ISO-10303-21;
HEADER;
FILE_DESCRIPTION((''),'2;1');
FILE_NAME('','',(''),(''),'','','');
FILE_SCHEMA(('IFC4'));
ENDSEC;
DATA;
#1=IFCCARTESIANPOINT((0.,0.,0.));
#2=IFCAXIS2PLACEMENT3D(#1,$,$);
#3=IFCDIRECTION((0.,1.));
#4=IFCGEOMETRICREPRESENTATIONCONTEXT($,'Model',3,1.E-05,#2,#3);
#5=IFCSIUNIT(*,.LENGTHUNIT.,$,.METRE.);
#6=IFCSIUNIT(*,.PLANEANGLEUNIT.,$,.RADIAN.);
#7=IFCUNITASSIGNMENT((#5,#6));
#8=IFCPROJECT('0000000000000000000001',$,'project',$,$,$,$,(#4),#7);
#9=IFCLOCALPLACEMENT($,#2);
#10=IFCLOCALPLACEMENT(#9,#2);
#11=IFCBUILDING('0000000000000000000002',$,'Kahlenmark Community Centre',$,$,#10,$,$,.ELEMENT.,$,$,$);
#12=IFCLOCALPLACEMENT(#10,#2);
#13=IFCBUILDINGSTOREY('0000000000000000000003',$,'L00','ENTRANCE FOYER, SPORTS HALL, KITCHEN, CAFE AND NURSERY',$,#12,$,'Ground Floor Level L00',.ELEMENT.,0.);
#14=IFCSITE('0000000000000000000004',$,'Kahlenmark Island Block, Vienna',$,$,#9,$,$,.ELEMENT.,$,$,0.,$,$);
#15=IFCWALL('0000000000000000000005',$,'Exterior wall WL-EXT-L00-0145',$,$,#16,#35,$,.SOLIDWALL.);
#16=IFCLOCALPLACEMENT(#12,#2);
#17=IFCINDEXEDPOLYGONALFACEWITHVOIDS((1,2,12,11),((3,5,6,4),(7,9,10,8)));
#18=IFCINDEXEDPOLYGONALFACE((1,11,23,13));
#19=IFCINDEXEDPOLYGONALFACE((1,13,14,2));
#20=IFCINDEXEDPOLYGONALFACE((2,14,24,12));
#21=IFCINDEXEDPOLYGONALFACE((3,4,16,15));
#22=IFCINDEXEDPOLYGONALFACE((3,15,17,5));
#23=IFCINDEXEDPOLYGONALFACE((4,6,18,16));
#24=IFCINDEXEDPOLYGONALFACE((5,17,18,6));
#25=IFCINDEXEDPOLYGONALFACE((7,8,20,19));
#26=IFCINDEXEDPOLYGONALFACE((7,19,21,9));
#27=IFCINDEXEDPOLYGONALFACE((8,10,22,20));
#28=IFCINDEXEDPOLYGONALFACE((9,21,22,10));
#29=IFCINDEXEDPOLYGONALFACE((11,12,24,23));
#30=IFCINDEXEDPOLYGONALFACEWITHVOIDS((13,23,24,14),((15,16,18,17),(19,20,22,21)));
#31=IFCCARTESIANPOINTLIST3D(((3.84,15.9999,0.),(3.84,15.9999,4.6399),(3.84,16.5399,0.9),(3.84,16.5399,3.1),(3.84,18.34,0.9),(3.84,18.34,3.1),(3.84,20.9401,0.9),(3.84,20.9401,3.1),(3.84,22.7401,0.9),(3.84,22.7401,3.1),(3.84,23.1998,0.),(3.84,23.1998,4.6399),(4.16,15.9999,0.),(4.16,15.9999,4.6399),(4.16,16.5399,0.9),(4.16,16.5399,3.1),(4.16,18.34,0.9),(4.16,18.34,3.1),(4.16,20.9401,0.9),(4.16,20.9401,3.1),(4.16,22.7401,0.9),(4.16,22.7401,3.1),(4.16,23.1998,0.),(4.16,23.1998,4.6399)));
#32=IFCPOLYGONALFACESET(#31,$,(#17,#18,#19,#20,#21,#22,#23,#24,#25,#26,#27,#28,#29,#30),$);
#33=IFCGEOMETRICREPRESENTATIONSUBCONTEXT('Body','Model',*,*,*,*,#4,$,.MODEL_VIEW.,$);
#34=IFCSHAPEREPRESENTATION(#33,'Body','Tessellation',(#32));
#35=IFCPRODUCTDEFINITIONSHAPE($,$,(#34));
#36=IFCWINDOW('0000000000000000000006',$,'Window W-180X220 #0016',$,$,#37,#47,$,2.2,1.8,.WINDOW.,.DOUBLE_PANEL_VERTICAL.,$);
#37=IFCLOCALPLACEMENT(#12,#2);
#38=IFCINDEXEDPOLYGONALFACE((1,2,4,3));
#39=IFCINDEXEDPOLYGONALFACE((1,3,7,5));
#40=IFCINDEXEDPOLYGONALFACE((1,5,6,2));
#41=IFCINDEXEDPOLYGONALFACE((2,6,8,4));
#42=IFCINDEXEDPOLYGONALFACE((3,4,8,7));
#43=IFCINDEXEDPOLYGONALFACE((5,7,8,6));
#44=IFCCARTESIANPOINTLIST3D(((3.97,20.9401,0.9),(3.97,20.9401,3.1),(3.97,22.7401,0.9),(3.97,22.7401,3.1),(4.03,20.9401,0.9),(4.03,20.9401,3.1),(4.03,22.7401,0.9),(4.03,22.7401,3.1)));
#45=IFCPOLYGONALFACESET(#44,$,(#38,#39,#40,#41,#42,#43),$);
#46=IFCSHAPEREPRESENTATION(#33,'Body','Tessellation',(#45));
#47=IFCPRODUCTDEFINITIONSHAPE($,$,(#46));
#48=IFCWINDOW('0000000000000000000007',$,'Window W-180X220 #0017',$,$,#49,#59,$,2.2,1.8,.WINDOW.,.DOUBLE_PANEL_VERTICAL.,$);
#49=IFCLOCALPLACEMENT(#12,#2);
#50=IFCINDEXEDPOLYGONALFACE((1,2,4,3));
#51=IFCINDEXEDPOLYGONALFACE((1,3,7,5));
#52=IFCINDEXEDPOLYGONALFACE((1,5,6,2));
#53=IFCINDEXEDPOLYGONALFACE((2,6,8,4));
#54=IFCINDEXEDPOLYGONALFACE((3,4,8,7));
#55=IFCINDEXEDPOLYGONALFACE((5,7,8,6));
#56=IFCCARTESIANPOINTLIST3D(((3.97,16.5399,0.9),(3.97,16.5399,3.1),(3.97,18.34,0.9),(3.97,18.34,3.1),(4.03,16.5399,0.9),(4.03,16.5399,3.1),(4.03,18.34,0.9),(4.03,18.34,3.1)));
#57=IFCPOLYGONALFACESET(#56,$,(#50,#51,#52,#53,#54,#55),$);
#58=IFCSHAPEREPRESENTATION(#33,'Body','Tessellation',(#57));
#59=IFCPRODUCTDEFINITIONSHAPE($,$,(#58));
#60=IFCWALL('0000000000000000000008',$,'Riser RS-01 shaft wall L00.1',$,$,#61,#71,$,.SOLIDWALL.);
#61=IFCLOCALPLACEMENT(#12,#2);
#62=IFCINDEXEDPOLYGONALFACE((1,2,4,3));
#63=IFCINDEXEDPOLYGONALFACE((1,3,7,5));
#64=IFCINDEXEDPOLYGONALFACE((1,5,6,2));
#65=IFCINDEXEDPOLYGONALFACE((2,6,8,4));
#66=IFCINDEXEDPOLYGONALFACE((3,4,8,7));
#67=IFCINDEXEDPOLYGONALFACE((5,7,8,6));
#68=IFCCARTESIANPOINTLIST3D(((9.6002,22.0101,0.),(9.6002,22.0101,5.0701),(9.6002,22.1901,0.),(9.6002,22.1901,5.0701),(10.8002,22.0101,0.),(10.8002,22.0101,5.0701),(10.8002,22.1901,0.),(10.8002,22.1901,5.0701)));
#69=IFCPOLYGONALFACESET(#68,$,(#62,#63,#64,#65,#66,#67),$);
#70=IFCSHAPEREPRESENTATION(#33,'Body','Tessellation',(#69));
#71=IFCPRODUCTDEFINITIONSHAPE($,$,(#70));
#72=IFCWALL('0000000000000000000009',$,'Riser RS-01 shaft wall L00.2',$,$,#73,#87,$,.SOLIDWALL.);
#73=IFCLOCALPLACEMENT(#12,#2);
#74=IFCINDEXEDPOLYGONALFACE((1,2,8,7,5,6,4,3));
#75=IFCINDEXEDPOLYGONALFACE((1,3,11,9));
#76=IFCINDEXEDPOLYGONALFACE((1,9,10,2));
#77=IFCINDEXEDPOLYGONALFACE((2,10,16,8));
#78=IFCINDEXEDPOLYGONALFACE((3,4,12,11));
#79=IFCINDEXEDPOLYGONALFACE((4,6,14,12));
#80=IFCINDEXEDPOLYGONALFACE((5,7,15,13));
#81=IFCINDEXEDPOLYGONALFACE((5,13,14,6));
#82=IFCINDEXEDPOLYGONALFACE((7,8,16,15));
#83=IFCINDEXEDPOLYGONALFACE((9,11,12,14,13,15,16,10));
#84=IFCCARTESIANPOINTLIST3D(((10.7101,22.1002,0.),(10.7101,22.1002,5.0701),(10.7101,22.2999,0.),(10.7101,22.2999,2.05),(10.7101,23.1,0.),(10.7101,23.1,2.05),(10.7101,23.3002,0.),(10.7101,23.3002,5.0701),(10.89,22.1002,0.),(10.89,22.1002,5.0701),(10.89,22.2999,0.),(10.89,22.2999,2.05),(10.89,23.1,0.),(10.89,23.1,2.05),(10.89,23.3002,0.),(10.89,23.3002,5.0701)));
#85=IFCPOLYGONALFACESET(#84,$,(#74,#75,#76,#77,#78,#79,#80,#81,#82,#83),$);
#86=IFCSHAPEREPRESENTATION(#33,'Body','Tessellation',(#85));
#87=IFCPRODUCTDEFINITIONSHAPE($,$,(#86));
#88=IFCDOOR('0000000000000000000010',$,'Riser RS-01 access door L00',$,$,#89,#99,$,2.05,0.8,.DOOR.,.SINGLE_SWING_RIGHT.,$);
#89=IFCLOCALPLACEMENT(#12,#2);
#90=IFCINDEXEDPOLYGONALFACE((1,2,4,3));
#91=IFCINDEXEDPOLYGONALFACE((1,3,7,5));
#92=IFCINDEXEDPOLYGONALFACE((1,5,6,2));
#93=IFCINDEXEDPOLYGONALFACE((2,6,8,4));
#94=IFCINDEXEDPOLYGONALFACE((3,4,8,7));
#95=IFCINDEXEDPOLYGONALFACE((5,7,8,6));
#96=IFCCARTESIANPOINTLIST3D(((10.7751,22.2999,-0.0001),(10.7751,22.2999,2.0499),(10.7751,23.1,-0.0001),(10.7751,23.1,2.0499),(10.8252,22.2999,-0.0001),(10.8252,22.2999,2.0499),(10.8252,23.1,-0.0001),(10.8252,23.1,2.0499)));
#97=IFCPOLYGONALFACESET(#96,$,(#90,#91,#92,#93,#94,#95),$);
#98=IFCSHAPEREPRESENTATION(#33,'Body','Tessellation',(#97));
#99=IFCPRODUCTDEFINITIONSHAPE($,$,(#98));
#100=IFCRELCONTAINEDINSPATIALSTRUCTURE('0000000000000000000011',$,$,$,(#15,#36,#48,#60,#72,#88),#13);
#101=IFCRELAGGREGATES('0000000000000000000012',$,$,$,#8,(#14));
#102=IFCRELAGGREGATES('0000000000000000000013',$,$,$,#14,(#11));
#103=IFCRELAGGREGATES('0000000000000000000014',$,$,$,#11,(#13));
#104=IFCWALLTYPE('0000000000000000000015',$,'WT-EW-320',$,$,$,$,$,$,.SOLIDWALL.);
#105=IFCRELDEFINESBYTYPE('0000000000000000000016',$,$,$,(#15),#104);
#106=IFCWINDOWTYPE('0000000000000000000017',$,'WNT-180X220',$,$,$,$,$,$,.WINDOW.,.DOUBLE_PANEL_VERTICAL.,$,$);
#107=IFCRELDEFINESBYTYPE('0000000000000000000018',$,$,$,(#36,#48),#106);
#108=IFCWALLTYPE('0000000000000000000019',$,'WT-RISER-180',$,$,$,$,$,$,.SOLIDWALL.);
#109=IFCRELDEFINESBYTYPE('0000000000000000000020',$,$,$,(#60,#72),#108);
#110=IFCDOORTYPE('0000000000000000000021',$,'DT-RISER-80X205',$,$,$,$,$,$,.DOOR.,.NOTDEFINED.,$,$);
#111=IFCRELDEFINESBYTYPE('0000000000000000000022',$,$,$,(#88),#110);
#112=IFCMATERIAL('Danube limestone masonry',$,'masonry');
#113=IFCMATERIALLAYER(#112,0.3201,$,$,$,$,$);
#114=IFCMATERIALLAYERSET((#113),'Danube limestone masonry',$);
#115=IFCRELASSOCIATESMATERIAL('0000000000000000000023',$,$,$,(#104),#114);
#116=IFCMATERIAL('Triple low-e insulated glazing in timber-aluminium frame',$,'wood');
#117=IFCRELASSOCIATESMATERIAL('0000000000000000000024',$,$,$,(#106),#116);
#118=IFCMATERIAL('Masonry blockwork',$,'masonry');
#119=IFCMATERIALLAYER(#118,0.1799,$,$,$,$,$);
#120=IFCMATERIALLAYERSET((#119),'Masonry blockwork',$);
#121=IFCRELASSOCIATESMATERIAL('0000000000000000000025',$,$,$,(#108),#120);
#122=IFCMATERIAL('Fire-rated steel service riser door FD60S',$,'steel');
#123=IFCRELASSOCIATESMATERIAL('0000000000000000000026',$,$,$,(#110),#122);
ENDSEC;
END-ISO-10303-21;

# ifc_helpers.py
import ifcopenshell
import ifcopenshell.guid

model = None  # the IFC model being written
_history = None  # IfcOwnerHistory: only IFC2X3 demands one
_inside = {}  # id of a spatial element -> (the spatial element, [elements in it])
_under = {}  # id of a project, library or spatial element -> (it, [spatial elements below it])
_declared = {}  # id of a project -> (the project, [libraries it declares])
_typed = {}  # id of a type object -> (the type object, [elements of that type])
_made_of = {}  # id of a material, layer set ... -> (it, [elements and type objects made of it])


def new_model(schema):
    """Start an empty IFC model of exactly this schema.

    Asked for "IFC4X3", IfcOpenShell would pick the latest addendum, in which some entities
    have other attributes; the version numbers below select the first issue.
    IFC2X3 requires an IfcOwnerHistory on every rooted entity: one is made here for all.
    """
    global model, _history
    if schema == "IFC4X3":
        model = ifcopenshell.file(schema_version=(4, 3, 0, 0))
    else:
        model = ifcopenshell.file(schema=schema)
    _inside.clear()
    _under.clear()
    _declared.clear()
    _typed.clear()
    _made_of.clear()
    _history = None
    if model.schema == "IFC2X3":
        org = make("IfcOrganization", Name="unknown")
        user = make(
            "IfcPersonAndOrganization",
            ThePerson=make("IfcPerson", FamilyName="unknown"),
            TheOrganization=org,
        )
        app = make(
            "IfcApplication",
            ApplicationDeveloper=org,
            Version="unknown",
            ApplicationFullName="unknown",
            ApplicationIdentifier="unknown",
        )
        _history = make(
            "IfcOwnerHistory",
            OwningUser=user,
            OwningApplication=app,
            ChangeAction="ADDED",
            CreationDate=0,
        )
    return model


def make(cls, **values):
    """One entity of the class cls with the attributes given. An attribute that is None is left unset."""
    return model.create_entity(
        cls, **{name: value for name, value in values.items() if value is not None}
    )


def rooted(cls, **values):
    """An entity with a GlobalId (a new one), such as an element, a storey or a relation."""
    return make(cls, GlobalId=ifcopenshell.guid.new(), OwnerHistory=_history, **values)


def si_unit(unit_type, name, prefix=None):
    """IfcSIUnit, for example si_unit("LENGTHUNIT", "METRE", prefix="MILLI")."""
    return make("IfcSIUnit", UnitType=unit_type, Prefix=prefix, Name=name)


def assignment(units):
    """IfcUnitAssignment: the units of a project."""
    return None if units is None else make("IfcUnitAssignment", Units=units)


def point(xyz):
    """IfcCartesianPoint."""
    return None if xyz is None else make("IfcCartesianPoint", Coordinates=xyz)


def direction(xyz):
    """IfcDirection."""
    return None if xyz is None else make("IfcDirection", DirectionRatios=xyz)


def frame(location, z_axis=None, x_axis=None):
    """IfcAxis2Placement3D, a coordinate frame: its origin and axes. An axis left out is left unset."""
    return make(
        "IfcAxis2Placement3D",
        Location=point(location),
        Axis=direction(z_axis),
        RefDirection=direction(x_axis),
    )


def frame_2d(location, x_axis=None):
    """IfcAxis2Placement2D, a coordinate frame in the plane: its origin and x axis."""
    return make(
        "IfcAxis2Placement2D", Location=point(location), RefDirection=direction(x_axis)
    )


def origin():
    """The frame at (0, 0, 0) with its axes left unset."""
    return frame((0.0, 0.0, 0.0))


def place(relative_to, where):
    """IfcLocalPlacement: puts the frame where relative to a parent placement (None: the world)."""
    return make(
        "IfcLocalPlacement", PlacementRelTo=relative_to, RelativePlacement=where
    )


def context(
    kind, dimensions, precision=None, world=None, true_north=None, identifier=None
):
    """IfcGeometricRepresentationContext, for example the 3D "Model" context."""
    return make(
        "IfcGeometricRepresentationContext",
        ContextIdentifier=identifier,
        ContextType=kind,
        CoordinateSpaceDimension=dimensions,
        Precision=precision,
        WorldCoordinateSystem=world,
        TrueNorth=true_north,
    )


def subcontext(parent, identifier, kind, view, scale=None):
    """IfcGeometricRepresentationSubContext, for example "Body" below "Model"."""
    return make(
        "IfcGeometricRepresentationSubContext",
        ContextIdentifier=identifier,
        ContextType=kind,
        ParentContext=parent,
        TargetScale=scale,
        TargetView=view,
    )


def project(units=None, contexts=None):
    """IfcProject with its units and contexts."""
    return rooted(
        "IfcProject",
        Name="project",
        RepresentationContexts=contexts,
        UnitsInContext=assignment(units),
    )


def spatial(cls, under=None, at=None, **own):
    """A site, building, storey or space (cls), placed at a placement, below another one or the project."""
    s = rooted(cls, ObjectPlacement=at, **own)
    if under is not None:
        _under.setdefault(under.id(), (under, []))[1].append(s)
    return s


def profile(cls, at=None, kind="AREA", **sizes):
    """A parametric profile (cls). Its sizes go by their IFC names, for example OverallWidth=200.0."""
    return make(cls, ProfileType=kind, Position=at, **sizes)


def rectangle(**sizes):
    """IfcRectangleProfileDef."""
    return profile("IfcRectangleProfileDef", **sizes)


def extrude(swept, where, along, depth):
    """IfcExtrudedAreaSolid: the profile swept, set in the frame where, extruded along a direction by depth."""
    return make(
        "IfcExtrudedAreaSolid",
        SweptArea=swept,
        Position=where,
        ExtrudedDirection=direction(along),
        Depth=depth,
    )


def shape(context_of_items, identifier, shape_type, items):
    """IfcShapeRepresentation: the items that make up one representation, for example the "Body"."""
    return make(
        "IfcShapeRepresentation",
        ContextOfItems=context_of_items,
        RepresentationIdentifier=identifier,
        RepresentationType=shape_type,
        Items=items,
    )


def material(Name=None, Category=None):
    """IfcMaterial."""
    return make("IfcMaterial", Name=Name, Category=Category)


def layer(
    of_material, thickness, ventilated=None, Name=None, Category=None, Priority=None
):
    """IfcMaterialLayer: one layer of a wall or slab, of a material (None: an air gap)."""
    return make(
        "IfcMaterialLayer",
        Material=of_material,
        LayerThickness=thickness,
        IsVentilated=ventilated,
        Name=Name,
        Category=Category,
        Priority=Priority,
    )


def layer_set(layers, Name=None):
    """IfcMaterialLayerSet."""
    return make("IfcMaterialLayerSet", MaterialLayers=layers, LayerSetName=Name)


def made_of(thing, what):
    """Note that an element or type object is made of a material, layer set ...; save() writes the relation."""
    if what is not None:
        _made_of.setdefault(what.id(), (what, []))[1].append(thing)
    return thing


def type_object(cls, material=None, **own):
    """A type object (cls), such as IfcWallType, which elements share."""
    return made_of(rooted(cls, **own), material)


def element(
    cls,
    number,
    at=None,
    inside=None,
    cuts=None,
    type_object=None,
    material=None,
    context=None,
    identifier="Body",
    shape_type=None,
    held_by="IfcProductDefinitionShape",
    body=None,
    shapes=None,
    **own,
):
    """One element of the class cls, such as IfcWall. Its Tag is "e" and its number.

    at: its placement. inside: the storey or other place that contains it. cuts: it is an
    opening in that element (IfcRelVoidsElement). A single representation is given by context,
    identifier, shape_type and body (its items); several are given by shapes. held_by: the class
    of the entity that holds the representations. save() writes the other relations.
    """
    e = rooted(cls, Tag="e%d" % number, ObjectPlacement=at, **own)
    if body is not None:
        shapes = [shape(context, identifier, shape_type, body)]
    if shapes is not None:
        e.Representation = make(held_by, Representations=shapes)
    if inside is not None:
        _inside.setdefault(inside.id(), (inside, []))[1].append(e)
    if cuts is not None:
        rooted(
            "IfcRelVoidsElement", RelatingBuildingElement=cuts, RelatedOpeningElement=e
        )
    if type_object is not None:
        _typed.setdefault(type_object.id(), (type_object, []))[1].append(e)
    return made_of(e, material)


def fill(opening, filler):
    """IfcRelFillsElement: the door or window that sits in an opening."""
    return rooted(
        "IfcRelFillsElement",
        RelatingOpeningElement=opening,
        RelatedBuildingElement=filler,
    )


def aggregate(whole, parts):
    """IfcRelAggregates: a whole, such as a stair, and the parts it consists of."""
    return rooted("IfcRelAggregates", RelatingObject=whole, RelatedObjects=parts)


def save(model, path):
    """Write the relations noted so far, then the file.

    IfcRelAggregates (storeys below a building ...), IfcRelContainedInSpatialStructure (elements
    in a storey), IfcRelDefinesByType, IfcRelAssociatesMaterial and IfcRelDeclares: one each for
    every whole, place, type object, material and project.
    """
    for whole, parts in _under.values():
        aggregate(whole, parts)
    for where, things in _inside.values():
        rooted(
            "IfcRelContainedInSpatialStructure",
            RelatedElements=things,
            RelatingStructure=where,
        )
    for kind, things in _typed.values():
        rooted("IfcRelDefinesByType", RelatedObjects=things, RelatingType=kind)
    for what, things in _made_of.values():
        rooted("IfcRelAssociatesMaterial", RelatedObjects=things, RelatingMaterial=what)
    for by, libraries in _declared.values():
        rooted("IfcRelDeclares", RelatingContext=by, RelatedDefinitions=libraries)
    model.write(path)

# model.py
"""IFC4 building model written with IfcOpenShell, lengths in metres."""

from ifc_helpers import new_model, si_unit, direction, frame, frame_2d, origin, place, context, subcontext, project, spatial, rectangle, extrude, material, layer, layer_set, type_object, element, fill, save


model = new_model("IFC4")

# Units and contexts
model_context = context("Model", 3, precision=1e-05, world=origin(), true_north=direction((0.0, 1.0)))
body_context = subcontext(model_context, "Body", "Model", "MODEL_VIEW")
ifc_project = project(units=[si_unit("LENGTHUNIT", "METRE"), si_unit("PLANEANGLEUNIT", "RADIAN")], contexts=[model_context])

# Site, building, storey
site_placement = place(None, origin())
site = spatial("IfcSite", under=ifc_project, at=site_placement, Name="Kahlenmark Island Block, Vienna", CompositionType="ELEMENT", RefElevation=0.0)
building_placement = place(site_placement, origin())
building = spatial("IfcBuilding", under=site, at=building_placement, Name="Kahlenmark Community Centre", CompositionType="ELEMENT")
storey_placement = place(building_placement, origin())
storey = spatial("IfcBuildingStorey", under=building, at=storey_placement, Name="L00", Description="ENTRANCE FOYER, SPORTS HALL, KITCHEN, CAFE AND NURSERY", LongName="Ground Floor Level L00", CompositionType="ELEMENT", Elevation=0.0)

# Wall, openings, windows
ifc_material_1 = material(Name="Danube limestone masonry", Category="masonry")
ifc_layer_1 = layer(ifc_material_1, 0.3201)
ifc_layer_set_1 = layer_set([ifc_layer_1], Name="Danube limestone masonry")
wall_type_1 = type_object("IfcWallType", Name="WT-EW-320", PredefinedType="SOLIDWALL", material=ifc_layer_set_1)
ifc_material_2 = material(Name="Triple low-e insulated glazing in timber-aluminium frame", Category="wood")
window_type = type_object("IfcWindowType", Name="WNT-180X220", PartitioningType="DOUBLE_PANEL_VERTICAL", PredefinedType="WINDOW", material=ifc_material_2)
wall_1_placement = place(storey_placement, frame((4.0, 23.2, 0.0), z_axis=(0.0, 0.0, 1.0), x_axis=(0.0, -1.0, 0.0)))
wall_1 = element("IfcWall", 1, at=wall_1_placement, inside=storey, type_object=wall_type_1, Name="Exterior wall WL-EXT-L00-0145", PredefinedType="SOLIDWALL", context=body_context, shape_type="SweptSolid", body=[
    extrude(rectangle(XDim=7.2, YDim=0.3201, at=frame_2d((3.6001, 0.0))), origin(), (0.0, 0.0, 1.0), 4.6399),
])
opening_1_placement = place(wall_1_placement, frame((0.46, 0.0, 0.8999)))
opening_1 = element("IfcOpeningElement", 2, at=opening_1_placement, cuts=wall_1, PredefinedType="OPENING", context=body_context, shape_type="SweptSolid", body=[
    extrude(rectangle(XDim=1.8, YDim=2.2, at=frame_2d((0.8999, 1.1001))), frame((0.0, 0.1699, 0.0), z_axis=(0.0, -1.0, 0.0), x_axis=(1.0, 0.0, 0.0)), (0.0, 0.0, 1.0), 0.3401),
])
opening_2_placement = place(wall_1_placement, frame((4.8601, 0.0, 0.8999)))
opening_2 = element("IfcOpeningElement", 3, at=opening_2_placement, cuts=wall_1, PredefinedType="OPENING", context=body_context, shape_type="SweptSolid", body=[
    extrude(rectangle(XDim=1.8, YDim=2.2, at=frame_2d((0.8999, 1.1001))), frame((0.0, 0.1699, 0.0), z_axis=(0.0, -1.0, 0.0), x_axis=(1.0, 0.0, 0.0)), (0.0, 0.0, 1.0), 0.3401),
])
window_1_placement = place(opening_1_placement, origin())
window_1 = element("IfcWindow", 4, at=window_1_placement, inside=storey, type_object=window_type, Name="Window W-180X220 #0016", OverallHeight=2.2, OverallWidth=1.8, PartitioningType="DOUBLE_PANEL_VERTICAL", PredefinedType="WINDOW", context=body_context, shape_type="SweptSolid", body=[
    extrude(rectangle(XDim=1.8, YDim=2.2, at=frame_2d((0.8999, 1.1001))), frame((0.0, 0.03, 0.0), z_axis=(0.0, -1.0, 0.0), x_axis=(1.0, 0.0, 0.0)), (0.0, 0.0, 1.0), 0.0601),
])
fill(opening_1, window_1)
window_2_placement = place(opening_2_placement, origin())
window_2 = element("IfcWindow", 5, at=window_2_placement, inside=storey, type_object=window_type, Name="Window W-180X220 #0017", OverallHeight=2.2, OverallWidth=1.8, PartitioningType="DOUBLE_PANEL_VERTICAL", PredefinedType="WINDOW", context=body_context, shape_type="SweptSolid", body=[
    extrude(rectangle(XDim=1.8, YDim=2.2, at=frame_2d((0.8999, 1.1001))), frame((0.0, 0.03, 0.0), z_axis=(0.0, -1.0, 0.0), x_axis=(1.0, 0.0, 0.0)), (0.0, 0.0, 1.0), 0.0601),
])
fill(opening_2, window_2)

# Wall
ifc_material_3 = material(Name="Masonry blockwork", Category="masonry")
ifc_layer_2 = layer(ifc_material_3, 0.1799)
ifc_layer_set_2 = layer_set([ifc_layer_2], Name="Masonry blockwork")
wall_type_2 = type_object("IfcWallType", Name="WT-RISER-180", PredefinedType="SOLIDWALL", material=ifc_layer_set_2)
wall_2_placement = place(storey_placement, frame((9.6001, 22.1001, 0.0), z_axis=(0.0, 0.0, 1.0), x_axis=(1.0, 0.0, 0.0)))
element("IfcWall", 6, at=wall_2_placement, inside=storey, type_object=wall_type_2, Name="Riser RS-01 shaft wall L00.1", PredefinedType="SOLIDWALL", context=body_context, shape_type="SweptSolid", body=[
    extrude(rectangle(XDim=1.2, YDim=0.1799, at=frame_2d((0.6001, 0.0))), origin(), (0.0, 0.0, 1.0), 5.0701),
])

# Wall, opening, door
wall_3_placement = place(storey_placement, frame((10.8, 22.1001, 0.0), z_axis=(0.0, 0.0, 1.0), x_axis=(0.0, 1.0, 0.0)))
wall_3 = element("IfcWall", 7, at=wall_3_placement, inside=storey, type_object=wall_type_2, Name="Riser RS-01 shaft wall L00.2", PredefinedType="SOLIDWALL", context=body_context, shape_type="SweptSolid", body=[
    extrude(rectangle(XDim=1.2, YDim=0.1799, at=frame_2d((0.6001, 0.0))), origin(), (0.0, 0.0, 1.0), 5.0701),
])
opening_3_placement = place(wall_3_placement, frame((0.2, 0.0, -0.01)))
opening_3 = element("IfcOpeningElement", 8, at=opening_3_placement, cuts=wall_3, PredefinedType="OPENING", context=body_context, shape_type="SweptSolid", body=[
    extrude(rectangle(XDim=0.8, YDim=2.0601, at=frame_2d((0.3999, 1.03))), frame((0.0, 0.0999, 0.0), z_axis=(0.0, -1.0, 0.0), x_axis=(1.0, 0.0, 0.0)), (0.0, 0.0, 1.0), 0.2),
])
ifc_material_4 = material(Name="Fire-rated steel service riser door FD60S", Category="steel")
door_type_1 = type_object("IfcDoorType", Name="DT-RISER-80X205", OperationType="NOTDEFINED", PredefinedType="DOOR", material=ifc_material_4)
door_1_placement = place(opening_3_placement, frame((0.0, 0.0, 0.01)))
door_1 = element("IfcDoor", 9, at=door_1_placement, inside=storey, type_object=door_type_1, Name="Riser RS-01 access door L00", OperationType="SINGLE_SWING_RIGHT", OverallHeight=2.05, OverallWidth=0.8, PredefinedType="DOOR", context=body_context, shape_type="SweptSolid", body=[
    extrude(rectangle(XDim=0.8, YDim=2.05, at=frame_2d((0.3999, 1.0249))), frame((0.0, 0.0249, 0.0), z_axis=(0.0, -1.0, 0.0), x_axis=(1.0, 0.0, 0.0)), (0.0, 0.0, 1.0), 0.05),
])
fill(opening_3, door_1)

save(model, "model.ifc")
